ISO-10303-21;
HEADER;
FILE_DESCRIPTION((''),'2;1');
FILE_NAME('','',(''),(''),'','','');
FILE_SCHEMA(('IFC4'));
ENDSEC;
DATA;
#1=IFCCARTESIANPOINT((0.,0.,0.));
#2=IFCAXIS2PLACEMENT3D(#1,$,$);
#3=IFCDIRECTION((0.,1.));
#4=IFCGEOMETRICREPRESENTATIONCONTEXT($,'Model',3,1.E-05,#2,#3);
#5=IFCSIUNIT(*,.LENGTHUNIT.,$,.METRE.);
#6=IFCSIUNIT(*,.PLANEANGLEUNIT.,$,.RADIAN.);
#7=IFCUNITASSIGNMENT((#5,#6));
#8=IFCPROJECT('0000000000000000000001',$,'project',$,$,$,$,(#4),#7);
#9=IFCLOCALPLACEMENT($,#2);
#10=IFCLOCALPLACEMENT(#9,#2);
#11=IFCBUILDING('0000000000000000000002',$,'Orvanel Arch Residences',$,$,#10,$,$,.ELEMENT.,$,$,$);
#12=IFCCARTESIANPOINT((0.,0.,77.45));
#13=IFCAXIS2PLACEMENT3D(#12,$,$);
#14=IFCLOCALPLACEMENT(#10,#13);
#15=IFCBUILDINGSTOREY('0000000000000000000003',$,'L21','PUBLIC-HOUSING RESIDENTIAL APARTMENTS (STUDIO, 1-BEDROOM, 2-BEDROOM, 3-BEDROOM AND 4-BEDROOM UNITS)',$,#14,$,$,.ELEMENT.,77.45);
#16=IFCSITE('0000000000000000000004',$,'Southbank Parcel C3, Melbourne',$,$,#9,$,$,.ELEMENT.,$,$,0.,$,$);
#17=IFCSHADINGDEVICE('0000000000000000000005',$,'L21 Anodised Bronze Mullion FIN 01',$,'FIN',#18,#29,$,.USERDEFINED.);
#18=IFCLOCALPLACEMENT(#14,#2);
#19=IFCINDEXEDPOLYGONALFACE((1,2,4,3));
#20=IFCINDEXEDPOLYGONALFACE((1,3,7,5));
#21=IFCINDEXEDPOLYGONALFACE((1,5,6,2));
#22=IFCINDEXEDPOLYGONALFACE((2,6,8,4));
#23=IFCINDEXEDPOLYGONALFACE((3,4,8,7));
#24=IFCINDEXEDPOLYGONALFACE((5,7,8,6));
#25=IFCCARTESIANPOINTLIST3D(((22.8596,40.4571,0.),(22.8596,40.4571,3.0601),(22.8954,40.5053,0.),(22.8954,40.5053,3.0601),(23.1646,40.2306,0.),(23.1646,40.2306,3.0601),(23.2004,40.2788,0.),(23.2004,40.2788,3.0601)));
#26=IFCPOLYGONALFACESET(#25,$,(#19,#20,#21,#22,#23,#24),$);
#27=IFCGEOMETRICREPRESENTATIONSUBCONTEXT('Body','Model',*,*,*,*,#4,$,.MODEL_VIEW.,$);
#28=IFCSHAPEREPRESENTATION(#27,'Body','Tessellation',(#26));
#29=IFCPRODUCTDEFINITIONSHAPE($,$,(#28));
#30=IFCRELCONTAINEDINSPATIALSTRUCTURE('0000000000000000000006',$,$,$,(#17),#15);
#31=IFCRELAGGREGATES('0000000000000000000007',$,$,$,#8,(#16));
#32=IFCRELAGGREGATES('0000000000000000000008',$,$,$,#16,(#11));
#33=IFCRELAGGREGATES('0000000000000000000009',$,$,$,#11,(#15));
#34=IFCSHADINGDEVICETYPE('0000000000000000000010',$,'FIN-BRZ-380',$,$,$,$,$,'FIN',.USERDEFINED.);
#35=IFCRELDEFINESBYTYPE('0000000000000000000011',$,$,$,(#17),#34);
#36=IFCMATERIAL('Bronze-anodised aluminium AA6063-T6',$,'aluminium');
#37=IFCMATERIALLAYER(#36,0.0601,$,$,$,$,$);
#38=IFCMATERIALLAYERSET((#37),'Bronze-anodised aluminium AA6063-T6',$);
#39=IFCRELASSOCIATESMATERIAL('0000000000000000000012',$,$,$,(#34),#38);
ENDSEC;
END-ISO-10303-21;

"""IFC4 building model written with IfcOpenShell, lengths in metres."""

from ifc_helpers import new_model, si_unit, direction, frame, origin, origin_2d, place, context, subcontext, project, spatial, rectangle, extrude, material, layer, layer_set, type_object, element, save


model = new_model("IFC4")

# Units and contexts
model_context = context("Model", 3, precision=1e-05, world=origin(), true_north=direction((0.0, 1.0)))
body_context = subcontext(model_context, "Body", "Model", "MODEL_VIEW")
ifc_project = project(units=[si_unit("LENGTHUNIT", "METRE"), si_unit("PLANEANGLEUNIT", "RADIAN")], contexts=[model_context])

# Site, building, storey
site_placement = place(None, origin())
site = spatial("IfcSite", under=ifc_project, at=site_placement, Name="Southbank Parcel C3, Melbourne", CompositionType="ELEMENT", RefElevation=0.0)
building_placement = place(site_placement, origin())
building = spatial("IfcBuilding", under=site, at=building_placement, Name="Orvanel Arch Residences", CompositionType="ELEMENT")
storey_placement = place(building_placement, frame((0.0, 0.0, 77.45)))
storey = spatial("IfcBuildingStorey", under=building, at=storey_placement, Name="L21", Description="PUBLIC-HOUSING RESIDENTIAL APARTMENTS (STUDIO, 1-BEDROOM, 2-BEDROOM, 3-BEDROOM AND 4-BEDROOM UNITS)", CompositionType="ELEMENT", Elevation=77.45)

# Shared definitions
ifc_material_1 = material(Name="Bronze-anodised aluminium AA6063-T6", Category="aluminium")

# Shading device
ifc_layer_1 = layer(ifc_material_1, 0.0601)
ifc_layer_set_1 = layer_set([ifc_layer_1], Name="Bronze-anodised aluminium AA6063-T6")
shading_device_type = type_object("IfcShadingDeviceType", Name="FIN-BRZ-380", ElementType="FIN", PredefinedType="USERDEFINED", material=ifc_layer_set_1)
shading_device_placement = place(storey_placement, frame((23.03, 40.3679, 0.0), z_axis=(0.0, 0.0, 1.0), x_axis=(-0.802817, 0.596225, 0.0)))
element("IfcShadingDevice", 1, at=shading_device_placement, inside=storey, type_object=shading_device_type, Name="L21 Anodised Bronze Mullion FIN 01", ObjectType="FIN", PredefinedType="USERDEFINED", context=body_context, shape_type="SweptSolid", body=[
    extrude(rectangle(XDim=0.3799, YDim=0.0601, at=origin_2d()), origin(), (0.0, 0.0, 1.0), 3.0601),
])

save(model, "model.ifc")
